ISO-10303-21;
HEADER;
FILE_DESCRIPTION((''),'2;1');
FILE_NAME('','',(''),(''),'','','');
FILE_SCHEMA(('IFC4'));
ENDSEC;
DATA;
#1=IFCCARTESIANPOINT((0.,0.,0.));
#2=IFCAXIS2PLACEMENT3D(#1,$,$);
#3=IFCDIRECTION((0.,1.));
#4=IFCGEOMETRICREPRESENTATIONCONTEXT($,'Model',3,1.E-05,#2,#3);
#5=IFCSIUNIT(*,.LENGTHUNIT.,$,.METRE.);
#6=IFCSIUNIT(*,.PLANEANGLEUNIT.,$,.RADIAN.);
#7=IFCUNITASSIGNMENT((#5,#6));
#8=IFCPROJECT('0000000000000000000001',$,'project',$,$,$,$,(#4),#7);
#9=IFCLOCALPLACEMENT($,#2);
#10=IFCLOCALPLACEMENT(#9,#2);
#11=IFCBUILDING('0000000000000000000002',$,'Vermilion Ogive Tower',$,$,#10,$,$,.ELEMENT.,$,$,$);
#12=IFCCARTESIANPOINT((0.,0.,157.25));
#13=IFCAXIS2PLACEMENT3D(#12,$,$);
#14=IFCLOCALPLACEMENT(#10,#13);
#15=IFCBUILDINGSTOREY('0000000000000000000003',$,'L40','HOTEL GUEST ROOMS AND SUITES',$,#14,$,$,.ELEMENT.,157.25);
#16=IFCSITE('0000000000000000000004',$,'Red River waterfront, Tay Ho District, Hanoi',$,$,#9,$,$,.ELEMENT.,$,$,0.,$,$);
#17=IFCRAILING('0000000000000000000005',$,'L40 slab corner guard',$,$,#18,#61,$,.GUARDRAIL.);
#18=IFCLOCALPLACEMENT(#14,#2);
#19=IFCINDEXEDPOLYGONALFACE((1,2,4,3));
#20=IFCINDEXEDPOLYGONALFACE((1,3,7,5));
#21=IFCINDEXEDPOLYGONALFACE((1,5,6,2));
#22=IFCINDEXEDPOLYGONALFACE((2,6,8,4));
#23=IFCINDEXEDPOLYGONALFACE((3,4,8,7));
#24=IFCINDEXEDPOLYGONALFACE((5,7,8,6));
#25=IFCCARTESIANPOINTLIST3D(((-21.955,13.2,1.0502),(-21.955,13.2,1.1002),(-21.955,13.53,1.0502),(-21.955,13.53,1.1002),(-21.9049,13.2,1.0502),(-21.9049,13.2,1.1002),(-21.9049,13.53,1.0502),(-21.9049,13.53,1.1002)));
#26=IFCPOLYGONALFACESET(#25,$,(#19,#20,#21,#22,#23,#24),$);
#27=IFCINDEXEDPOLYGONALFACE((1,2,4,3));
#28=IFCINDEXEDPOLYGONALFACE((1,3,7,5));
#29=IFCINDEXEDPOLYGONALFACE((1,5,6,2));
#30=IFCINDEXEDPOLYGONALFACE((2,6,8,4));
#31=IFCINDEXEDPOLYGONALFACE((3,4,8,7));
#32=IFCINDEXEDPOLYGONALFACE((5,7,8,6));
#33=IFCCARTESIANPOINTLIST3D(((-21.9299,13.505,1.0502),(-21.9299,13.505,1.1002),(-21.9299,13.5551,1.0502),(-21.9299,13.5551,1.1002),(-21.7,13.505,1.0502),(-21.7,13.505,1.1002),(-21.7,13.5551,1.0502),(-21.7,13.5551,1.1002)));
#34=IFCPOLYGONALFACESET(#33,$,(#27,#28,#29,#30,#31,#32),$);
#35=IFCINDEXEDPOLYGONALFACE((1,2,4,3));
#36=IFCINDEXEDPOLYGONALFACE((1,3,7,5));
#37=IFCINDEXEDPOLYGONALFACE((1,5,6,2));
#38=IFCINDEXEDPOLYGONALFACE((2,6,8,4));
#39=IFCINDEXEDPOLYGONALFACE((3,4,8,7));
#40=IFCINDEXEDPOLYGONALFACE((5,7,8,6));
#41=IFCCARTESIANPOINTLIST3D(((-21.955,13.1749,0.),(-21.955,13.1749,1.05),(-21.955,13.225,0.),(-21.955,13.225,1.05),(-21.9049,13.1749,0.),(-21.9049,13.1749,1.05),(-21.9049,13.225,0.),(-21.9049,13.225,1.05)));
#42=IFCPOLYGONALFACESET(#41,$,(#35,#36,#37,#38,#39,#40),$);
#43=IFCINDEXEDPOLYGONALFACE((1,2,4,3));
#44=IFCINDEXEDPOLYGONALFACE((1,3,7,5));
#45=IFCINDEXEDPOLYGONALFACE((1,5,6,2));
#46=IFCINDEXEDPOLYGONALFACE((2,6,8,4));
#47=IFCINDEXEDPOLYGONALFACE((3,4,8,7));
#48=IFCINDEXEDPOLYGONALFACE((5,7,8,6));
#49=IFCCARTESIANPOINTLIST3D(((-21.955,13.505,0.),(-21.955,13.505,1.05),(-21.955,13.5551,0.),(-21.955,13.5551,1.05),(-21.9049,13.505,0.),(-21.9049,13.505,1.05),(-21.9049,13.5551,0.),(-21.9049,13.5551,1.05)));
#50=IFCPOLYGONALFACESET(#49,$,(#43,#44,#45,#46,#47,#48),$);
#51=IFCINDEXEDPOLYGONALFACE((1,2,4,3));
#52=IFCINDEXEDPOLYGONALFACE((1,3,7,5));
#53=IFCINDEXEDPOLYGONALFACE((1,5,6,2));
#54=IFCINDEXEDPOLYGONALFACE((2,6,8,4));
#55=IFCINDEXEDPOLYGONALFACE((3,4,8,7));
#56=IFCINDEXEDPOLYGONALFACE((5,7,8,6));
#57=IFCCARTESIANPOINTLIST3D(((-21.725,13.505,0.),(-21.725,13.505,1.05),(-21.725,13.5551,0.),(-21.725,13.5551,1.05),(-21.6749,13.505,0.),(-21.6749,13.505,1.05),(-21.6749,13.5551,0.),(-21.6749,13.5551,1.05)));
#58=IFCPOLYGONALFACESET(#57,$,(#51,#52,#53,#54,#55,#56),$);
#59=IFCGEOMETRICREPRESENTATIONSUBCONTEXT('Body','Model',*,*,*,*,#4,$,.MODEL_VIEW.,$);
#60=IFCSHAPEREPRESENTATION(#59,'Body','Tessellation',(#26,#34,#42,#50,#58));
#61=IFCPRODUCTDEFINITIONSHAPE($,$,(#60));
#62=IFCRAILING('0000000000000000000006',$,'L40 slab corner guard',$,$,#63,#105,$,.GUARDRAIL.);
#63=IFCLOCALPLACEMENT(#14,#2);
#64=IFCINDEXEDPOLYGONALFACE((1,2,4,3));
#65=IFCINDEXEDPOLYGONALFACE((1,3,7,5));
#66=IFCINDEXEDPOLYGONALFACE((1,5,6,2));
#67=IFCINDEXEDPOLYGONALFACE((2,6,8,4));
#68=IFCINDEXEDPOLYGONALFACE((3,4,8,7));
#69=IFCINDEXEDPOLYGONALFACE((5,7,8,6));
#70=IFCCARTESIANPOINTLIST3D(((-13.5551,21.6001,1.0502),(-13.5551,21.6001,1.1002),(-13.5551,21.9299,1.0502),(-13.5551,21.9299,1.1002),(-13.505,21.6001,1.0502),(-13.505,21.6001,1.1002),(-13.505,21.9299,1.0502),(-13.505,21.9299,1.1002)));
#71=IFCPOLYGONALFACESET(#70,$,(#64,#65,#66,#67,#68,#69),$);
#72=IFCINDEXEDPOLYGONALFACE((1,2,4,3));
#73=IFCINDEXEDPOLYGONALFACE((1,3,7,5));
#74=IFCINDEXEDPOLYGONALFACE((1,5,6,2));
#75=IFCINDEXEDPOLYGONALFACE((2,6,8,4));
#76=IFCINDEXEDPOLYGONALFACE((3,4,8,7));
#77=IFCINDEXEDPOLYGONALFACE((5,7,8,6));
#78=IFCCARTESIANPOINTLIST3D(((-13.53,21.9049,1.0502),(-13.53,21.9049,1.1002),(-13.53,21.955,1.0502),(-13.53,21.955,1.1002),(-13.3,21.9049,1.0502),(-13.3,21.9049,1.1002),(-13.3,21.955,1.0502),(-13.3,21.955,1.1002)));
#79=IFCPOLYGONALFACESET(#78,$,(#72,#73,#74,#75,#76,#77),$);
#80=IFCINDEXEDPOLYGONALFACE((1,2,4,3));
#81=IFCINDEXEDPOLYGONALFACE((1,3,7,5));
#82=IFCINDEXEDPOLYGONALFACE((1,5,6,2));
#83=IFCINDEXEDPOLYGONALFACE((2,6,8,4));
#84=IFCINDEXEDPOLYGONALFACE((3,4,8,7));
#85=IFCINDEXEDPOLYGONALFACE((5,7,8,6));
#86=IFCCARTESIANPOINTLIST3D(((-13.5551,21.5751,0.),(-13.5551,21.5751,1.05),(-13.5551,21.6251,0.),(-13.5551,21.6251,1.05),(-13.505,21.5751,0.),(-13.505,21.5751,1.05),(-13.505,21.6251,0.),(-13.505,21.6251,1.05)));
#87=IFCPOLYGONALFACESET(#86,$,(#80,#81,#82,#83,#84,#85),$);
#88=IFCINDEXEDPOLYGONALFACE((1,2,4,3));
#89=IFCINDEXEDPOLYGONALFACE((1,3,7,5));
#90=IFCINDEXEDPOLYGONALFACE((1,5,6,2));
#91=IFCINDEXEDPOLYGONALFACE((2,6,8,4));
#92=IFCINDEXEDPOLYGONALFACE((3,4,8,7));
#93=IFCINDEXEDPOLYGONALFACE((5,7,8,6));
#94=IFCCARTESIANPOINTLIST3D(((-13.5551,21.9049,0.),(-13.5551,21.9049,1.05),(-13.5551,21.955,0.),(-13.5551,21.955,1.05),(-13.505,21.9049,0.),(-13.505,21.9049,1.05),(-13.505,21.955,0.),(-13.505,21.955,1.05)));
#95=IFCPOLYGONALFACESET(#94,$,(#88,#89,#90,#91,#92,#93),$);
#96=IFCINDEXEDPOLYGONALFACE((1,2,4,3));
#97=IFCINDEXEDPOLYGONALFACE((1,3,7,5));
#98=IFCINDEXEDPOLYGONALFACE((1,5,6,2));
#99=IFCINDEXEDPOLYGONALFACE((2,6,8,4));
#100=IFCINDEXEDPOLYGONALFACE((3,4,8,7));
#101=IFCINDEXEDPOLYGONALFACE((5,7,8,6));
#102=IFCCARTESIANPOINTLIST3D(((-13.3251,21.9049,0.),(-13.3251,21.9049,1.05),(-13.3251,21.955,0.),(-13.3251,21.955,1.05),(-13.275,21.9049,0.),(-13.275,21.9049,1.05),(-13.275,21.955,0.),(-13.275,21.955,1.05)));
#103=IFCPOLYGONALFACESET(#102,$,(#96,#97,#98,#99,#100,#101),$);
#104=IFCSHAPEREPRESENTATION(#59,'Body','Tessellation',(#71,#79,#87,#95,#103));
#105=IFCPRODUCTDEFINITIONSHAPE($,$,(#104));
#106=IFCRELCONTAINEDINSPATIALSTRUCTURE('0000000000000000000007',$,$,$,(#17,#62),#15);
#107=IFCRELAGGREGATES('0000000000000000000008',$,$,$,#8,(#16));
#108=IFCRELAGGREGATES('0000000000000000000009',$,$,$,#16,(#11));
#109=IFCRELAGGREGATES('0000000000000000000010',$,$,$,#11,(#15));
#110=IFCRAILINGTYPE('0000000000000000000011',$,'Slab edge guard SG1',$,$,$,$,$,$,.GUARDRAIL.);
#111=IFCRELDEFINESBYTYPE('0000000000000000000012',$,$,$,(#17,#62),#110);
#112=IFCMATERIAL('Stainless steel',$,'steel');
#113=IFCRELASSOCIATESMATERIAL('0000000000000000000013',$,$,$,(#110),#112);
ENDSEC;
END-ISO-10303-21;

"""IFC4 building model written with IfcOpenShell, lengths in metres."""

from ifc_helpers import new_model, si_unit, direction, frame, origin, origin_2d, place, context, subcontext, project, spatial, rectangle, extrude, material, type_object, element, save


model = new_model("IFC4")

# Units and contexts
model_context = context("Model", 3, precision=1e-05, world=origin(), true_north=direction((0.0, 1.0)))
body_context = subcontext(model_context, "Body", "Model", "MODEL_VIEW")
ifc_project = project(units=[si_unit("LENGTHUNIT", "METRE"), si_unit("PLANEANGLEUNIT", "RADIAN")], contexts=[model_context])

# Site, building, storey
site_placement = place(None, origin())
site = spatial("IfcSite", under=ifc_project, at=site_placement, Name="Red River waterfront, Tay Ho District, Hanoi", CompositionType="ELEMENT", RefElevation=0.0)
building_placement = place(site_placement, origin())
building = spatial("IfcBuilding", under=site, at=building_placement, Name="Vermilion Ogive Tower", CompositionType="ELEMENT")
storey_placement = place(building_placement, frame((0.0, 0.0, 157.25)))
storey = spatial("IfcBuildingStorey", under=building, at=storey_placement, Name="L40", Description="HOTEL GUEST ROOMS AND SUITES", CompositionType="ELEMENT", Elevation=157.25)

# Railings
ifc_material_1 = material(Name="Stainless steel", Category="steel")
railing_type = type_object("IfcRailingType", Name="Slab edge guard SG1", PredefinedType="GUARDRAIL", material=ifc_material_1)
railing_1_placement = place(storey_placement, frame((-21.9299, 13.2, 0.0)))
element("IfcRailing", 1, at=railing_1_placement, inside=storey, type_object=railing_type, Name="L40 slab corner guard", PredefinedType="GUARDRAIL", context=body_context, shape_type="SweptSolid", body=[
    extrude(rectangle(XDim=0.05, YDim=0.05, at=origin_2d()), frame((0.0, 0.0, 1.0752), z_axis=(0.0, 1.0, 0.0), x_axis=(-1.0, 0.0, 0.0)), (0.0, 0.0, 1.0), 0.3301),
    extrude(rectangle(XDim=0.05, YDim=0.05, at=origin_2d()), frame((0.0, 0.3301, 1.0752), z_axis=(1.0, 0.0, 0.0), x_axis=(0.0, 1.0, 0.0)), (0.0, 0.0, 1.0), 0.23),
    extrude(rectangle(XDim=0.05, YDim=0.05, at=origin_2d()), origin(), (0.0, 0.0, 1.0), 1.05),
    extrude(rectangle(XDim=0.05, YDim=0.05, at=origin_2d()), frame((0.0, 0.3301, 0.0)), (0.0, 0.0, 1.0), 1.05),
    extrude(rectangle(XDim=0.05, YDim=0.05, at=origin_2d()), frame((0.23, 0.3301, 0.0)), (0.0, 0.0, 1.0), 1.05),
])
railing_2_placement = place(storey_placement, frame((-13.53, 21.6001, 0.0)))
element("IfcRailing", 2, at=railing_2_placement, inside=storey, type_object=railing_type, Name="L40 slab corner guard", PredefinedType="GUARDRAIL", context=body_context, shape_type="SweptSolid", body=[
    extrude(rectangle(XDim=0.05, YDim=0.05, at=origin_2d()), frame((0.0, 0.0, 1.0752), z_axis=(0.0, 1.0, 0.0), x_axis=(-1.0, 0.0, 0.0)), (0.0, 0.0, 1.0), 0.3298),
    extrude(rectangle(XDim=0.05, YDim=0.05, at=origin_2d()), frame((0.0, 0.3298, 1.0752), z_axis=(1.0, 0.0, 0.0), x_axis=(0.0, 1.0, 0.0)), (0.0, 0.0, 1.0), 0.23),
    extrude(rectangle(XDim=0.05, YDim=0.05, at=origin_2d()), origin(), (0.0, 0.0, 1.0), 1.05),
    extrude(rectangle(XDim=0.05, YDim=0.05, at=origin_2d()), frame((0.0, 0.3298, 0.0)), (0.0, 0.0, 1.0), 1.05),
    extrude(rectangle(XDim=0.05, YDim=0.05, at=origin_2d()), frame((0.23, 0.3298, 0.0)), (0.0, 0.0, 1.0), 1.05),
])

save(model, "model.ifc")
